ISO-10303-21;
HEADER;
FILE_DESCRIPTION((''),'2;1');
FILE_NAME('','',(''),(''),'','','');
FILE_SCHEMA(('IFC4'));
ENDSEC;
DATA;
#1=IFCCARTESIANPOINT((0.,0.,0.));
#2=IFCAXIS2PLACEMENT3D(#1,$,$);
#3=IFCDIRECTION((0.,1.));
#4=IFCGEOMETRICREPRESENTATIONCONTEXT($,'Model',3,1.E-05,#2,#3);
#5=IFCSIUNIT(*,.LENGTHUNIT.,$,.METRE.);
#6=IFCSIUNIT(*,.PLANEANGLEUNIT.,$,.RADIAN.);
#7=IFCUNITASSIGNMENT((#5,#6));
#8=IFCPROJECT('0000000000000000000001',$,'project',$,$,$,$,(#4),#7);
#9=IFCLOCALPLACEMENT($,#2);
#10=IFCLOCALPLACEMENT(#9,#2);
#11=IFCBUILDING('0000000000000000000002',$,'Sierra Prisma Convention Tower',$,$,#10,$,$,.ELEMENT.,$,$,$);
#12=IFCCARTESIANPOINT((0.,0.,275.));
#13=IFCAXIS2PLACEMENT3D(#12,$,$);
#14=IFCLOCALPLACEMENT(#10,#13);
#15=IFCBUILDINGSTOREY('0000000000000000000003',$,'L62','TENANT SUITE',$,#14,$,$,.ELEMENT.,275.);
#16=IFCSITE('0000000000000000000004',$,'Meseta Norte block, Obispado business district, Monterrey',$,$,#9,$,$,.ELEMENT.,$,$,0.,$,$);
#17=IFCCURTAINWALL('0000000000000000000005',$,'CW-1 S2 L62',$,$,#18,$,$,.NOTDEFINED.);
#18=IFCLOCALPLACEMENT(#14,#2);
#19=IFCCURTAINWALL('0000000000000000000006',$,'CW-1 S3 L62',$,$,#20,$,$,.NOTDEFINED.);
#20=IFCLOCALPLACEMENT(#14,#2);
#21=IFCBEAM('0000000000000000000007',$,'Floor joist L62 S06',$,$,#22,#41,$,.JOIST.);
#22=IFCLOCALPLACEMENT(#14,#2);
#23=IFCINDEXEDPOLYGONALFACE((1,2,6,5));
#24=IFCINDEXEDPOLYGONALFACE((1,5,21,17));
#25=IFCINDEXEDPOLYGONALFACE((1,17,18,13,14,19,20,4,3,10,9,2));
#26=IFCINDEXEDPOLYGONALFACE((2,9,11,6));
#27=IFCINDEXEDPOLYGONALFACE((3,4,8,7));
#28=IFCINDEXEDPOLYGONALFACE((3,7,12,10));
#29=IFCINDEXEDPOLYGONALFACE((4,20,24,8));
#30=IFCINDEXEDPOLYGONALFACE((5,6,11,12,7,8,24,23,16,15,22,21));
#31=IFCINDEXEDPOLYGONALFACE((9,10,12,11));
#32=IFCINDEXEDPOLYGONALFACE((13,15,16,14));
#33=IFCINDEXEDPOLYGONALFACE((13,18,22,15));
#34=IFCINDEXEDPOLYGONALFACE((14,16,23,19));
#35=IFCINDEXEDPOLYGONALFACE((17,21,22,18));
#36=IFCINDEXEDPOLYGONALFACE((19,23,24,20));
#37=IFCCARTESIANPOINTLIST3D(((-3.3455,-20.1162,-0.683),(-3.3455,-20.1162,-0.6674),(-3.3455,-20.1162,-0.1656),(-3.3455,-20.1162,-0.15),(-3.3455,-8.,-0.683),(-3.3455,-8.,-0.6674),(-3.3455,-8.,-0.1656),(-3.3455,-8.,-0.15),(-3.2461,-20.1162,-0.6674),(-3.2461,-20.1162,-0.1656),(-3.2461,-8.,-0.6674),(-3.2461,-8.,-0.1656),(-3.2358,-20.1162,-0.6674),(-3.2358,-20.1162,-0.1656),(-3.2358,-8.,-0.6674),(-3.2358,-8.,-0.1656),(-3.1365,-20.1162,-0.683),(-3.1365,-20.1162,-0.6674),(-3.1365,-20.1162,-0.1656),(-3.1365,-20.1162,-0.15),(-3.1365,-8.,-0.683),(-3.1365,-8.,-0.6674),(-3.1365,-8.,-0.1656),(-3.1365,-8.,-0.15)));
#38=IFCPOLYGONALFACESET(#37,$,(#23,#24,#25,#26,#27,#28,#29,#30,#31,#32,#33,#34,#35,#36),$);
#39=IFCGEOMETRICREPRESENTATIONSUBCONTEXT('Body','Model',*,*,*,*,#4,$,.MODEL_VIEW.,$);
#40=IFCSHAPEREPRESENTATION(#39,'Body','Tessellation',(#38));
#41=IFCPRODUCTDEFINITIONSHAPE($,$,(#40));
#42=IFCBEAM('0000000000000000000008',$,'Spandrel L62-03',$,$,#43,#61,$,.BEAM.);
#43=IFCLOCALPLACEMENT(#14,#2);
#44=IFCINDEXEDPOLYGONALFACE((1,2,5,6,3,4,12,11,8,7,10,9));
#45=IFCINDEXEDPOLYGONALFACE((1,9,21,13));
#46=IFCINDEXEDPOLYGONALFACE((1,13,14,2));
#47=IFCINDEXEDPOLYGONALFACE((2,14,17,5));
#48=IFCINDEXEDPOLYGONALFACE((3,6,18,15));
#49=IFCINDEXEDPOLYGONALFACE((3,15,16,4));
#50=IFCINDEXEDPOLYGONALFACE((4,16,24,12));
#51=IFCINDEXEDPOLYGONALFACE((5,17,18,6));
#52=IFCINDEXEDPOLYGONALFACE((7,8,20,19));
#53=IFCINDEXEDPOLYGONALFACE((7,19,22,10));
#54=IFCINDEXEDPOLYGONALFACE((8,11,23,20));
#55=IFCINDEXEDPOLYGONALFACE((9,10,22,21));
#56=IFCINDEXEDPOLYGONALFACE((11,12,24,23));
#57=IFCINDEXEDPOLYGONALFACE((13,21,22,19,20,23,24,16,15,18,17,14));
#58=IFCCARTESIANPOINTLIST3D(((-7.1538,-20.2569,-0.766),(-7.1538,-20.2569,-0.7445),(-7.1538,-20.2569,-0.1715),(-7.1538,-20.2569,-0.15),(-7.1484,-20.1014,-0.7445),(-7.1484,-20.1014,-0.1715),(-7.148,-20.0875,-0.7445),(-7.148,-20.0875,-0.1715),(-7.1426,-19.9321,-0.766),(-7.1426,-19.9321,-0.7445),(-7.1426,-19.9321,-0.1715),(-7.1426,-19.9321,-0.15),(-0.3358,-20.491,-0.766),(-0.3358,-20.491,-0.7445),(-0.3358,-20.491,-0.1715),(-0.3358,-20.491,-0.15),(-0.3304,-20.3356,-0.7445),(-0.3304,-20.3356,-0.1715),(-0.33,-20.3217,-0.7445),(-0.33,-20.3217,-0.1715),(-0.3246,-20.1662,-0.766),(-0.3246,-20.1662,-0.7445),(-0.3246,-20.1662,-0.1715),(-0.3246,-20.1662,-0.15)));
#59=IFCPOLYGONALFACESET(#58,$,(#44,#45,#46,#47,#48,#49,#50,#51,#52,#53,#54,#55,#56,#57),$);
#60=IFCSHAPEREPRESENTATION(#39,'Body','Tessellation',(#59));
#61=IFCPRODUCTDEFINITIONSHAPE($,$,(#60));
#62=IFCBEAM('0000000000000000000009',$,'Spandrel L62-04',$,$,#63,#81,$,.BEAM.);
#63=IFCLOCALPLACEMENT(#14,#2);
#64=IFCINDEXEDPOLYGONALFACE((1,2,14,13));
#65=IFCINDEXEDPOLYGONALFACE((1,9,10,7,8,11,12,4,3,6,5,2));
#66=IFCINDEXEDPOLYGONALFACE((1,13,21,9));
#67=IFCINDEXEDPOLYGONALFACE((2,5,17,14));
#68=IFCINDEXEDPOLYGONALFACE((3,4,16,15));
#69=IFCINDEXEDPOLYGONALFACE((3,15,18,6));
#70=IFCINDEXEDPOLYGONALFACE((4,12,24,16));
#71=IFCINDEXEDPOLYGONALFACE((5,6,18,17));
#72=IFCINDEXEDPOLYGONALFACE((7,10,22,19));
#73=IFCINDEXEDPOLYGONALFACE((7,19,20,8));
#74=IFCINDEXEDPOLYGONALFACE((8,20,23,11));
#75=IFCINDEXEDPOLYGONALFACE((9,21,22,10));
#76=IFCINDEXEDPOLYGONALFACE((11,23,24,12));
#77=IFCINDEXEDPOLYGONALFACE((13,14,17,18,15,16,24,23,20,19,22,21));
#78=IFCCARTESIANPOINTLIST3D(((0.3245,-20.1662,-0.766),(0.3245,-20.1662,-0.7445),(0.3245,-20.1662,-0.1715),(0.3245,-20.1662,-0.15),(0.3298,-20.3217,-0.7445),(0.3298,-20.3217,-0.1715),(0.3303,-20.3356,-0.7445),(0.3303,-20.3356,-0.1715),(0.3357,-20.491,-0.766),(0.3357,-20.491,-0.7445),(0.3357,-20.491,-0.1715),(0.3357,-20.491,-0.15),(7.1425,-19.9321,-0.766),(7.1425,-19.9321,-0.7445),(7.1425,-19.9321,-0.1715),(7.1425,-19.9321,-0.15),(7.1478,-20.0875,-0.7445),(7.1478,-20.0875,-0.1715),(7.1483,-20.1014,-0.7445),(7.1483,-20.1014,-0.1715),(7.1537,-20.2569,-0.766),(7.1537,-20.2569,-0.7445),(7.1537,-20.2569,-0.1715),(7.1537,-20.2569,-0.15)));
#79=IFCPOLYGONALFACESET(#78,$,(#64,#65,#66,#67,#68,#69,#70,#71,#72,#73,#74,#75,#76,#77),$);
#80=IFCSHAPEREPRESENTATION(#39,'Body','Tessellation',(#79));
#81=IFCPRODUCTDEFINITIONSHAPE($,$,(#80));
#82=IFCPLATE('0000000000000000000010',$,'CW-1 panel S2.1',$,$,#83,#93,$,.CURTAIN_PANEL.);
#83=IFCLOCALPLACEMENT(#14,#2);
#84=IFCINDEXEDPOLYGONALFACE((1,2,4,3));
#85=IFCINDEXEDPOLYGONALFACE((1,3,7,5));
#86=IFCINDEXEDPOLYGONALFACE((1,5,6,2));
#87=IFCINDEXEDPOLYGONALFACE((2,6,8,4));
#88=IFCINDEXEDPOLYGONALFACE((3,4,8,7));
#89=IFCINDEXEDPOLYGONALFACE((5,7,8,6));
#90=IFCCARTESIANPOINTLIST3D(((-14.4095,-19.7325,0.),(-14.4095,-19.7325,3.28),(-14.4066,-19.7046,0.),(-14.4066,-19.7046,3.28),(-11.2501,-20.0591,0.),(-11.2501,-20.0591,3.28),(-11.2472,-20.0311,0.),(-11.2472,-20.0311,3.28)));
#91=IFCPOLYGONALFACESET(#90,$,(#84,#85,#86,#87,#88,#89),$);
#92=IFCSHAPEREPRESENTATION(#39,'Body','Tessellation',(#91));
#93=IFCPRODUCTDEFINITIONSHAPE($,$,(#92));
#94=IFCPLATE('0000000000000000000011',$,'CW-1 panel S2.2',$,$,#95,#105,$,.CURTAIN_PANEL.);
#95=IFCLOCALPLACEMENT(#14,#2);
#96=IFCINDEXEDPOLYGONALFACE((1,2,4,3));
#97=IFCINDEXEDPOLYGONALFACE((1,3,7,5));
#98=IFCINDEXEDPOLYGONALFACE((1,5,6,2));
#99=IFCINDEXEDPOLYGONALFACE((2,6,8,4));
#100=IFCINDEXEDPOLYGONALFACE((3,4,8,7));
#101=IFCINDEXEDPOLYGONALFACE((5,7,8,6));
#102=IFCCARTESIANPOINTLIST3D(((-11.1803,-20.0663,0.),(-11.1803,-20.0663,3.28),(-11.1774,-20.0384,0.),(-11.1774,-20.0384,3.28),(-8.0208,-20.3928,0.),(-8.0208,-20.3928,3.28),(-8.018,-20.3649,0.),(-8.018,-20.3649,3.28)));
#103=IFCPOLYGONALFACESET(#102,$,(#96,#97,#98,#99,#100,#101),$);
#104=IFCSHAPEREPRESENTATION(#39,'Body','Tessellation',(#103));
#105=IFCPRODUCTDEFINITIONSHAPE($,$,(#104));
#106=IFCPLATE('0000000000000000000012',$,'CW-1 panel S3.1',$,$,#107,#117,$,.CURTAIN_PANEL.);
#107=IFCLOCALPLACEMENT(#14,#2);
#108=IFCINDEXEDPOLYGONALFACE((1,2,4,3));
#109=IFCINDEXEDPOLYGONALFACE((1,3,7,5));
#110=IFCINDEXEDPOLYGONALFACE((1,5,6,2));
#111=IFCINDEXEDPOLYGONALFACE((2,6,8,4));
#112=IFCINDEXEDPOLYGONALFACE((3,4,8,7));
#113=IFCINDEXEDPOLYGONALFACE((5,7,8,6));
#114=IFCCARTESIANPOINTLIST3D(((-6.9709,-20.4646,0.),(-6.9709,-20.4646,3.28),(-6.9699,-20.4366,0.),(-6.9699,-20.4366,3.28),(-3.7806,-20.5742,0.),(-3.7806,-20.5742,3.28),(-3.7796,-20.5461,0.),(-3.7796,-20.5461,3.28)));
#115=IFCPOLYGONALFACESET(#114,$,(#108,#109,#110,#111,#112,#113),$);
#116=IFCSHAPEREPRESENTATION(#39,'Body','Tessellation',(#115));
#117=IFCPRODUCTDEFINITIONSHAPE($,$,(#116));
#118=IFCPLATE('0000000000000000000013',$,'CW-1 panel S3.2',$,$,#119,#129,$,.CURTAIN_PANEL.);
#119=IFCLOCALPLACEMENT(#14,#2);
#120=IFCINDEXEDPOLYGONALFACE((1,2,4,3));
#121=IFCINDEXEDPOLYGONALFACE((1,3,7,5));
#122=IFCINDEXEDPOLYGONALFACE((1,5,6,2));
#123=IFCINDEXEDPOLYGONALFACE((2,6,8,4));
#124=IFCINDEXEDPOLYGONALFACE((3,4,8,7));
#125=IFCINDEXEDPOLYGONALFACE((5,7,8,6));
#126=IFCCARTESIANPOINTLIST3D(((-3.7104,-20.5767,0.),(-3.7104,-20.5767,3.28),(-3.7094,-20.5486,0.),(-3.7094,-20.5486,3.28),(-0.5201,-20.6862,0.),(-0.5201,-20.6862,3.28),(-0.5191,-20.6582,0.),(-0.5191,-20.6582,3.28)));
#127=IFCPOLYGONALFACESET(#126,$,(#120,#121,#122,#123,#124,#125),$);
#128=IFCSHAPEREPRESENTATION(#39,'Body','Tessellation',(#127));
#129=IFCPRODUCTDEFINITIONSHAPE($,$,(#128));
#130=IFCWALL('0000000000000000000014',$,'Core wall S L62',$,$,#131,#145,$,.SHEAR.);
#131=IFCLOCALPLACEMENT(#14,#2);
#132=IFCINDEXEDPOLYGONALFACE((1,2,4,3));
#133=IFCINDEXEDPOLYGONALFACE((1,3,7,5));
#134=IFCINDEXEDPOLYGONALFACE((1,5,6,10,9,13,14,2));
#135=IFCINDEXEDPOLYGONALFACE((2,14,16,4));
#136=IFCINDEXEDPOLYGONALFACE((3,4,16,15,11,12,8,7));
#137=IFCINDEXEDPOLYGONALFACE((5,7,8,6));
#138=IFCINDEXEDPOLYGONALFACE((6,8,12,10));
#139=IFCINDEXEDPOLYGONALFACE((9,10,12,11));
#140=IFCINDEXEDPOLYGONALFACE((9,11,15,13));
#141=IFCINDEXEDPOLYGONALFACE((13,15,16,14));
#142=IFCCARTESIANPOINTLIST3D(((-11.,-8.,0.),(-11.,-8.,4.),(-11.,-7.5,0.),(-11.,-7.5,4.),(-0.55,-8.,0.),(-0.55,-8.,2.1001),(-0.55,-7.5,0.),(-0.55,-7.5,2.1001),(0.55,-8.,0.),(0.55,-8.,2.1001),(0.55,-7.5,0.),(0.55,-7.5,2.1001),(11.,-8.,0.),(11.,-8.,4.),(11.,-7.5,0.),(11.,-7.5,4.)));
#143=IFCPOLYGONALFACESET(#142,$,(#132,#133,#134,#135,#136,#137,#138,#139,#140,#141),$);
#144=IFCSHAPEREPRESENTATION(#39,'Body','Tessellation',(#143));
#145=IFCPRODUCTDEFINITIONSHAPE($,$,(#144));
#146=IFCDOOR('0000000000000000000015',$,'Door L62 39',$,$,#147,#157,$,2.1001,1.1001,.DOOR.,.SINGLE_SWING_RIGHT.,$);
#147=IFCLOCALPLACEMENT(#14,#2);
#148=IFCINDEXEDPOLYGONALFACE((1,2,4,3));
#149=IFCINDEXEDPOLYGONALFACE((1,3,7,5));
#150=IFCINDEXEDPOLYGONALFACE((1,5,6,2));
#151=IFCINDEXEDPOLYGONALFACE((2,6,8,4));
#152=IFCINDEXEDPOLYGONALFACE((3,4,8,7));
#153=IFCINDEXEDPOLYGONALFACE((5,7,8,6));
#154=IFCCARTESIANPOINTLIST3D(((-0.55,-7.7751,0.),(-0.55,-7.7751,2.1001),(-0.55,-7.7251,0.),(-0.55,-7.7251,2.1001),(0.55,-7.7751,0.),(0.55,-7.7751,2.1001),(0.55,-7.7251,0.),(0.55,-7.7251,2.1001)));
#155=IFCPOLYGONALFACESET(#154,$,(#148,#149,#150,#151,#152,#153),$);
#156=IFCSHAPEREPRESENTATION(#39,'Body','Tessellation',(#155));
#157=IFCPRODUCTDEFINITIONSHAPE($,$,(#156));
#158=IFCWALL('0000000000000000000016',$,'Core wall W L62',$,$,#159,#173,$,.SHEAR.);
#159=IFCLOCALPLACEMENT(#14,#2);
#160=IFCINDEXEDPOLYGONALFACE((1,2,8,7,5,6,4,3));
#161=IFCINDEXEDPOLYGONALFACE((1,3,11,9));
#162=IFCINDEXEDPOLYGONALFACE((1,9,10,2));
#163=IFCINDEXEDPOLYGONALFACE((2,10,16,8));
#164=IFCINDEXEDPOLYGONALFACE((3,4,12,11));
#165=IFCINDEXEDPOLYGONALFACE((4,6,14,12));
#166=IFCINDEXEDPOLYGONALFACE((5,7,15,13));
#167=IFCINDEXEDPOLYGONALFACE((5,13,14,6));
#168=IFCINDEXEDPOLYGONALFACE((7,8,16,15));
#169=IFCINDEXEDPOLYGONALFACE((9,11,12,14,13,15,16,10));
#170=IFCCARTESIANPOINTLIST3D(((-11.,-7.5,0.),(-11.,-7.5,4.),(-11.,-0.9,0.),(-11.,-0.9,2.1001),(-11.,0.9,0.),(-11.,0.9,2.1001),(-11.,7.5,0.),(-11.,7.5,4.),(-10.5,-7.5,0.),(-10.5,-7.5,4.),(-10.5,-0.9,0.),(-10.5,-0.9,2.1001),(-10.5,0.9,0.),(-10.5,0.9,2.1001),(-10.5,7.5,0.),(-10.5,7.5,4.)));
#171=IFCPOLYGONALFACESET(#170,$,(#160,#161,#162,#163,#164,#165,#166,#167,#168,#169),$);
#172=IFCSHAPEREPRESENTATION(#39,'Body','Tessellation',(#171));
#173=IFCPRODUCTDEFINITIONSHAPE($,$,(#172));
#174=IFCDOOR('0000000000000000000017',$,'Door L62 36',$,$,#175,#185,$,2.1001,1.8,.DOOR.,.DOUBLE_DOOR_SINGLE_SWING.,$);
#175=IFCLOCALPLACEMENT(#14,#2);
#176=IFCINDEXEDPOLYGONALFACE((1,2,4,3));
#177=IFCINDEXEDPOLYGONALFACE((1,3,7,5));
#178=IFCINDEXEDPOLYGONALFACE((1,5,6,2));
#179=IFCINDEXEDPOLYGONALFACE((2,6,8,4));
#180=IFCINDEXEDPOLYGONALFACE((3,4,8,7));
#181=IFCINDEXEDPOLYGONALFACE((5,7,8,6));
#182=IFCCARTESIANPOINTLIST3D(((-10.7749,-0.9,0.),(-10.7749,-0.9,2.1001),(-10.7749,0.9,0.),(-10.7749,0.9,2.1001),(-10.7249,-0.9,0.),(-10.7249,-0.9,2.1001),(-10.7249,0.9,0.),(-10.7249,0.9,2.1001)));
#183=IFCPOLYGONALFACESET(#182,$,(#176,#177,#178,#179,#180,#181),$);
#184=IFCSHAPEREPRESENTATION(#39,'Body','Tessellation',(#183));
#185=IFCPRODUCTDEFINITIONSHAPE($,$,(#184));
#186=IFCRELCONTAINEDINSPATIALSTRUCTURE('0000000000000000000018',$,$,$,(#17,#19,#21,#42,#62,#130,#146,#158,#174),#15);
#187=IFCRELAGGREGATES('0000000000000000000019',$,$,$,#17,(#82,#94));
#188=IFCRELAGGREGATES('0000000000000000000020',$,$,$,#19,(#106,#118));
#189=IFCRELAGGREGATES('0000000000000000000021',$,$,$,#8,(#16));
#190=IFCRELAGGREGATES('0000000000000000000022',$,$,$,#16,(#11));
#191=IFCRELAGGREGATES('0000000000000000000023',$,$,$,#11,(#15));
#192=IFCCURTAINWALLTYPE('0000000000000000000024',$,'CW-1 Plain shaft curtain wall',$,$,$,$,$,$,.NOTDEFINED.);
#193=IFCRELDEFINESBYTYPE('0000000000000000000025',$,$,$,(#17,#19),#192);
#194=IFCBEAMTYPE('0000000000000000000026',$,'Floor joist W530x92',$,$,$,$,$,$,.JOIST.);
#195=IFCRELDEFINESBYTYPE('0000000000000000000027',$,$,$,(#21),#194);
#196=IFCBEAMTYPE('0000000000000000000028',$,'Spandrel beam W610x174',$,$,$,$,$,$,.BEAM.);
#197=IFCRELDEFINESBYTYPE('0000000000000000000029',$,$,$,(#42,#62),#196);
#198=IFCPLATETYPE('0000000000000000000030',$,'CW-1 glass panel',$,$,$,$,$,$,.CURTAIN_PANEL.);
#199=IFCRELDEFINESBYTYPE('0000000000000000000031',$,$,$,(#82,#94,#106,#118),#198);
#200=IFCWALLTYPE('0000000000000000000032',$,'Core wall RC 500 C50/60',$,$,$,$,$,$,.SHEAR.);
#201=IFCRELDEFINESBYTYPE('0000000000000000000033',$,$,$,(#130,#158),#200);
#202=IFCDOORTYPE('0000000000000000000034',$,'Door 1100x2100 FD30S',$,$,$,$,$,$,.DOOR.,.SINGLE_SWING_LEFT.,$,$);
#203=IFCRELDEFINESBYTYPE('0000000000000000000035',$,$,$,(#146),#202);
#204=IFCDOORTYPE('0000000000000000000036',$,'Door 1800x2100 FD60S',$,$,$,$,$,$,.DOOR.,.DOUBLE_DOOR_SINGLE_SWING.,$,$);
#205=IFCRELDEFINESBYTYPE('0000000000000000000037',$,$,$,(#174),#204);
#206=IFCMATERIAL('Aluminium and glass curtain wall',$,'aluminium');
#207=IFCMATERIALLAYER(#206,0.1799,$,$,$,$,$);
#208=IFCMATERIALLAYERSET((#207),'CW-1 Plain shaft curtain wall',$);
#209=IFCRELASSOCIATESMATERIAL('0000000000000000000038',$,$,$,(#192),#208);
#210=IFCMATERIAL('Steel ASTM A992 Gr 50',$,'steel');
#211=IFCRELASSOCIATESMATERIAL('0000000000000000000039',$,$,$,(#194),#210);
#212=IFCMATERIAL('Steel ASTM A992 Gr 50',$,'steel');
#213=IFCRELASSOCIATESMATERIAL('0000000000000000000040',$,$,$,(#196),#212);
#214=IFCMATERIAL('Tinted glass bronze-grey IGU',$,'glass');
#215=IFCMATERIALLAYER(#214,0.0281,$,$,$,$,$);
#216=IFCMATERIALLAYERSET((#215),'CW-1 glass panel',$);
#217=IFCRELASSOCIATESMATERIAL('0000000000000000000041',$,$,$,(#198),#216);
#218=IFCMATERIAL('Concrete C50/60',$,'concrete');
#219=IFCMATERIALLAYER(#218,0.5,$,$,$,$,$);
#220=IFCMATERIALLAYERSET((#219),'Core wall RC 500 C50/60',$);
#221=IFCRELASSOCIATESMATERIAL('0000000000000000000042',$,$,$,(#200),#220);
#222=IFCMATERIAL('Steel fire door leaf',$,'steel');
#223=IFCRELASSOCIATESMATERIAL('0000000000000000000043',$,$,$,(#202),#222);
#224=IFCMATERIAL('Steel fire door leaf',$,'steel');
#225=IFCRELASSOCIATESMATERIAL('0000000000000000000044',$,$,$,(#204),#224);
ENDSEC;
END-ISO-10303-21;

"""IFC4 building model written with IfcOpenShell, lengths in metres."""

from ifc_helpers import new_model, si_unit, direction, frame, frame_2d, origin, origin_2d, place, context, subcontext, project, spatial, rectangle, i_section, extrude, material, layer, layer_set, material_profile, profile_set, type_object, element, fill, aggregate, save


model = new_model("IFC4")

# Units and contexts
model_context = context("Model", 3, precision=1e-05, world=origin(), true_north=direction((0.0, 1.0)))
body_context = subcontext(model_context, "Body", "Model", "MODEL_VIEW")
ifc_project = project(units=[si_unit("LENGTHUNIT", "METRE"), si_unit("PLANEANGLEUNIT", "RADIAN")], contexts=[model_context])

# Site, building, storey
site_placement = place(None, origin())
site = spatial("IfcSite", under=ifc_project, at=site_placement, Name="Meseta Norte block, Obispado business district, Monterrey", CompositionType="ELEMENT", RefElevation=0.0)
building_placement = place(site_placement, origin())
building = spatial("IfcBuilding", under=site, at=building_placement, Name="Sierra Prisma Convention Tower", CompositionType="ELEMENT")
storey_placement = place(building_placement, frame((0.0, 0.0, 275.0)))
storey = spatial("IfcBuildingStorey", under=building, at=storey_placement, Name="L62", Description="TENANT SUITE", CompositionType="ELEMENT", Elevation=275.0)

# Curtain wall
ifc_material_1 = material(Name="Aluminium and glass curtain wall", Category="aluminium")
ifc_layer_1 = layer(ifc_material_1, 0.1799)
ifc_layer_set_1 = layer_set([ifc_layer_1], Name="CW-1 Plain shaft curtain wall")
curtain_wall_type = type_object("IfcCurtainWallType", Name="CW-1 Plain shaft curtain wall", PredefinedType="NOTDEFINED", material=ifc_layer_set_1)
curtain_wall_1_placement = place(storey_placement, origin())
curtain_wall_1 = element("IfcCurtainWall", 1, at=curtain_wall_1_placement, inside=storey, type_object=curtain_wall_type, Name="CW-1 S2 L62", PredefinedType="NOTDEFINED")

# Curtain wall
curtain_wall_2_placement = place(storey_placement, origin())
curtain_wall_2 = element("IfcCurtainWall", 2, at=curtain_wall_2_placement, inside=storey, type_object=curtain_wall_type, Name="CW-1 S3 L62", PredefinedType="NOTDEFINED")

# Beams
ifc_material_2 = material(Name="Steel ASTM A992 Gr 50", Category="steel")
ifc_material_profile_1 = material_profile(ifc_material_2, i_section(OverallWidth=0.209, OverallDepth=0.533, WebThickness=0.0103, FlangeThickness=0.0156, at=origin_2d()), Name="W530x92")
ifc_profile_set_1 = profile_set([ifc_material_profile_1], Name="Steel ASTM A992 Gr 50")
beam_type_1 = type_object("IfcBeamType", Name="Floor joist W530x92", PredefinedType="JOIST", material=ifc_profile_set_1)
beam_1_placement = place(storey_placement, frame((-3.241, -20.1162, -0.4165), z_axis=(0.0, 1.0, 0.0), x_axis=(-1.0, 0.0, 0.0)))
element("IfcBeam", 3, at=beam_1_placement, inside=storey, type_object=beam_type_1, Name="Floor joist L62 S06", PredefinedType="JOIST", context=body_context, shape_type="SweptSolid", body=[
    extrude(i_section(OverallWidth=0.209, OverallDepth=0.533, WebThickness=0.0103, FlangeThickness=0.0156, at=origin_2d()), origin(), (0.0, 0.0, 1.0), 12.1162),
])
ifc_material_3 = material(Name="Steel ASTM A992 Gr 50", Category="steel")
ifc_material_profile_2 = material_profile(ifc_material_3, i_section(OverallWidth=0.325, OverallDepth=0.616, WebThickness=0.0139, FlangeThickness=0.0215, at=origin_2d()), Name="W610x174")
ifc_profile_set_2 = profile_set([ifc_material_profile_2], Name="Steel ASTM A992 Gr 50")
beam_type_2 = type_object("IfcBeamType", Name="Spandrel beam W610x174", PredefinedType="BEAM", material=ifc_profile_set_2)
for number, where, z_axis, x_axis, name in (
    (4, (-7.1482, -20.0945, -0.458), (0.999411, -0.034319, 0.0), (0.034319, 0.999411, 0.0), "Spandrel L62-03"),
    (5, (0.3301, -20.3286, -0.458), (0.999411, 0.034319, 0.0), (-0.034319, 0.999411, 0.0), "Spandrel L62-04"),
):
    element("IfcBeam", number, at=place(storey_placement, frame(where, z_axis=z_axis, x_axis=x_axis)), inside=storey, type_object=beam_type_2, Name=name, PredefinedType="BEAM", context=body_context, shape_type="SweptSolid", body=[
        extrude(i_section(OverallWidth=0.325, OverallDepth=0.616, WebThickness=0.0139, FlangeThickness=0.0215, at=origin_2d()), origin(), (0.0, 0.0, 1.0), 6.822),
    ])

# Plates
ifc_material_4 = material(Name="Tinted glass bronze-grey IGU", Category="glass")
ifc_layer_2 = layer(ifc_material_4, 0.0281)
ifc_layer_set_2 = layer_set([ifc_layer_2], Name="CW-1 glass panel")
plate_type = type_object("IfcPlateType", Name="CW-1 glass panel", PredefinedType="CURTAIN_PANEL", material=ifc_layer_set_2)
plate_1_placement = place(storey_placement, frame((-12.8284, -19.8818, 0.0), z_axis=(0.0, 0.0, 1.0), x_axis=(0.994702, -0.102799, 0.0)))
plate_1 = element("IfcPlate", 6, at=plate_1_placement, type_object=plate_type, Name="CW-1 panel S2.1", PredefinedType="CURTAIN_PANEL", context=body_context, shape_type="SweptSolid", body=[
    extrude(rectangle(XDim=3.1763, YDim=0.0281, at=origin_2d()), origin(), (0.0, 0.0, 1.0), 3.28),
])
plate_2_placement = place(storey_placement, frame((-9.5991, -20.2156, 0.0), z_axis=(0.0, 0.0, 1.0), x_axis=(0.994702, -0.102799, 0.0)))
plate_2 = element("IfcPlate", 7, at=plate_2_placement, type_object=plate_type, Name="CW-1 panel S2.2", PredefinedType="CURTAIN_PANEL", context=body_context, shape_type="SweptSolid", body=[
    extrude(rectangle(XDim=3.1763, YDim=0.0281, at=origin_2d()), origin(), (0.0, 0.0, 1.0), 3.28),
])
aggregate(curtain_wall_1, [plate_1, plate_2])
plate_3_placement = place(storey_placement, frame((-5.3752, -20.5054, 0.0), z_axis=(0.0, 0.0, 1.0), x_axis=(0.999411, -0.03432, 0.0)))
plate_3 = element("IfcPlate", 8, at=plate_3_placement, type_object=plate_type, Name="CW-1 panel S3.1", PredefinedType="CURTAIN_PANEL", context=body_context, shape_type="SweptSolid", body=[
    extrude(rectangle(XDim=3.1921, YDim=0.0281, at=origin_2d()), origin(), (0.0, 0.0, 1.0), 3.28),
])
plate_4_placement = place(storey_placement, frame((-2.1147, -20.6174, 0.0), z_axis=(0.0, 0.0, 1.0), x_axis=(0.999411, -0.03432, 0.0)))
plate_4 = element("IfcPlate", 9, at=plate_4_placement, type_object=plate_type, Name="CW-1 panel S3.2", PredefinedType="CURTAIN_PANEL", context=body_context, shape_type="SweptSolid", body=[
    extrude(rectangle(XDim=3.1921, YDim=0.0281, at=origin_2d()), origin(), (0.0, 0.0, 1.0), 3.28),
])
aggregate(curtain_wall_2, [plate_3, plate_4])

# Walls, openings, doors
ifc_material_5 = material(Name="Concrete C50/60", Category="concrete")
ifc_layer_3 = layer(ifc_material_5, 0.5)
ifc_layer_set_3 = layer_set([ifc_layer_3], Name="Core wall RC 500 C50/60")
wall_type_1 = type_object("IfcWallType", Name="Core wall RC 500 C50/60", PredefinedType="SHEAR", material=ifc_layer_set_3)
wall_1_placement = place(storey_placement, frame((-11.0, -7.75, 0.0), z_axis=(0.0, 0.0, 1.0), x_axis=(1.0, 0.0, 0.0)))
wall_1 = element("IfcWall", 10, at=wall_1_placement, inside=storey, type_object=wall_type_1, Name="Core wall S L62", PredefinedType="SHEAR", context=body_context, shape_type="SweptSolid", body=[
    extrude(rectangle(XDim=22.0, YDim=0.5, at=frame_2d((11.0, 0.0))), origin(), (0.0, 0.0, 1.0), 4.0),
])
opening_1_placement = place(wall_1_placement, frame((10.45, 0.0, 0.0)))
opening_1 = element("IfcOpeningElement", 11, at=opening_1_placement, cuts=wall_1, PredefinedType="OPENING", context=body_context, shape_type="SweptSolid", body=[
    extrude(rectangle(XDim=1.1001, YDim=2.1001, at=frame_2d((0.55, 1.05))), frame((0.0, 0.25, 0.0), z_axis=(0.0, -1.0, 0.0), x_axis=(1.0, 0.0, 0.0)), (0.0, 0.0, 1.0), 0.5),
])
ifc_material_6 = material(Name="Steel fire door leaf", Category="steel")
door_type_1 = type_object("IfcDoorType", Name="Door 1100x2100 FD30S", OperationType="SINGLE_SWING_LEFT", PredefinedType="DOOR", material=ifc_material_6)
door_1_placement = place(opening_1_placement, origin())
door_1 = element("IfcDoor", 12, at=door_1_placement, inside=storey, type_object=door_type_1, Name="Door L62 39", OperationType="SINGLE_SWING_RIGHT", OverallHeight=2.1001, OverallWidth=1.1001, PredefinedType="DOOR", context=body_context, shape_type="SweptSolid", body=[
    extrude(rectangle(XDim=1.1001, YDim=2.1001, at=frame_2d((0.55, 1.05))), frame((0.0, 0.0249, 0.0), z_axis=(0.0, -1.0, 0.0), x_axis=(1.0, 0.0, 0.0)), (0.0, 0.0, 1.0), 0.05),
])
fill(opening_1, door_1)
wall_2_placement = place(storey_placement, frame((-10.75, -7.5, 0.0), z_axis=(0.0, 0.0, 1.0), x_axis=(0.0, 1.0, 0.0)))
wall_2 = element("IfcWall", 13, at=wall_2_placement, inside=storey, type_object=wall_type_1, Name="Core wall W L62", PredefinedType="SHEAR", context=body_context, shape_type="SweptSolid", body=[
    extrude(rectangle(XDim=15.0, YDim=0.5, at=frame_2d((7.5, 0.0))), origin(), (0.0, 0.0, 1.0), 4.0),
])
opening_2_placement = place(wall_2_placement, frame((6.6001, 0.0, 0.0)))
opening_2 = element("IfcOpeningElement", 14, at=opening_2_placement, cuts=wall_2, PredefinedType="OPENING", context=body_context, shape_type="SweptSolid", body=[
    extrude(rectangle(XDim=1.8, YDim=2.1001, at=frame_2d((0.8999, 1.05))), frame((0.0, 0.25, 0.0), z_axis=(0.0, -1.0, 0.0), x_axis=(1.0, 0.0, 0.0)), (0.0, 0.0, 1.0), 0.5),
])
ifc_material_7 = material(Name="Steel fire door leaf", Category="steel")
door_type_2 = type_object("IfcDoorType", Name="Door 1800x2100 FD60S", OperationType="DOUBLE_DOOR_SINGLE_SWING", PredefinedType="DOOR", material=ifc_material_7)
door_2_placement = place(opening_2_placement, origin())
door_2 = element("IfcDoor", 15, at=door_2_placement, inside=storey, type_object=door_type_2, Name="Door L62 36", OperationType="DOUBLE_DOOR_SINGLE_SWING", OverallHeight=2.1001, OverallWidth=1.8, PredefinedType="DOOR", context=body_context, shape_type="SweptSolid", body=[
    extrude(rectangle(XDim=1.8, YDim=2.1001, at=frame_2d((0.8999, 1.05))), frame((0.0, 0.0249, 0.0), z_axis=(0.0, -1.0, 0.0), x_axis=(1.0, 0.0, 0.0)), (0.0, 0.0, 1.0), 0.05),
])
fill(opening_2, door_2)

save(model, "model.ifc")
